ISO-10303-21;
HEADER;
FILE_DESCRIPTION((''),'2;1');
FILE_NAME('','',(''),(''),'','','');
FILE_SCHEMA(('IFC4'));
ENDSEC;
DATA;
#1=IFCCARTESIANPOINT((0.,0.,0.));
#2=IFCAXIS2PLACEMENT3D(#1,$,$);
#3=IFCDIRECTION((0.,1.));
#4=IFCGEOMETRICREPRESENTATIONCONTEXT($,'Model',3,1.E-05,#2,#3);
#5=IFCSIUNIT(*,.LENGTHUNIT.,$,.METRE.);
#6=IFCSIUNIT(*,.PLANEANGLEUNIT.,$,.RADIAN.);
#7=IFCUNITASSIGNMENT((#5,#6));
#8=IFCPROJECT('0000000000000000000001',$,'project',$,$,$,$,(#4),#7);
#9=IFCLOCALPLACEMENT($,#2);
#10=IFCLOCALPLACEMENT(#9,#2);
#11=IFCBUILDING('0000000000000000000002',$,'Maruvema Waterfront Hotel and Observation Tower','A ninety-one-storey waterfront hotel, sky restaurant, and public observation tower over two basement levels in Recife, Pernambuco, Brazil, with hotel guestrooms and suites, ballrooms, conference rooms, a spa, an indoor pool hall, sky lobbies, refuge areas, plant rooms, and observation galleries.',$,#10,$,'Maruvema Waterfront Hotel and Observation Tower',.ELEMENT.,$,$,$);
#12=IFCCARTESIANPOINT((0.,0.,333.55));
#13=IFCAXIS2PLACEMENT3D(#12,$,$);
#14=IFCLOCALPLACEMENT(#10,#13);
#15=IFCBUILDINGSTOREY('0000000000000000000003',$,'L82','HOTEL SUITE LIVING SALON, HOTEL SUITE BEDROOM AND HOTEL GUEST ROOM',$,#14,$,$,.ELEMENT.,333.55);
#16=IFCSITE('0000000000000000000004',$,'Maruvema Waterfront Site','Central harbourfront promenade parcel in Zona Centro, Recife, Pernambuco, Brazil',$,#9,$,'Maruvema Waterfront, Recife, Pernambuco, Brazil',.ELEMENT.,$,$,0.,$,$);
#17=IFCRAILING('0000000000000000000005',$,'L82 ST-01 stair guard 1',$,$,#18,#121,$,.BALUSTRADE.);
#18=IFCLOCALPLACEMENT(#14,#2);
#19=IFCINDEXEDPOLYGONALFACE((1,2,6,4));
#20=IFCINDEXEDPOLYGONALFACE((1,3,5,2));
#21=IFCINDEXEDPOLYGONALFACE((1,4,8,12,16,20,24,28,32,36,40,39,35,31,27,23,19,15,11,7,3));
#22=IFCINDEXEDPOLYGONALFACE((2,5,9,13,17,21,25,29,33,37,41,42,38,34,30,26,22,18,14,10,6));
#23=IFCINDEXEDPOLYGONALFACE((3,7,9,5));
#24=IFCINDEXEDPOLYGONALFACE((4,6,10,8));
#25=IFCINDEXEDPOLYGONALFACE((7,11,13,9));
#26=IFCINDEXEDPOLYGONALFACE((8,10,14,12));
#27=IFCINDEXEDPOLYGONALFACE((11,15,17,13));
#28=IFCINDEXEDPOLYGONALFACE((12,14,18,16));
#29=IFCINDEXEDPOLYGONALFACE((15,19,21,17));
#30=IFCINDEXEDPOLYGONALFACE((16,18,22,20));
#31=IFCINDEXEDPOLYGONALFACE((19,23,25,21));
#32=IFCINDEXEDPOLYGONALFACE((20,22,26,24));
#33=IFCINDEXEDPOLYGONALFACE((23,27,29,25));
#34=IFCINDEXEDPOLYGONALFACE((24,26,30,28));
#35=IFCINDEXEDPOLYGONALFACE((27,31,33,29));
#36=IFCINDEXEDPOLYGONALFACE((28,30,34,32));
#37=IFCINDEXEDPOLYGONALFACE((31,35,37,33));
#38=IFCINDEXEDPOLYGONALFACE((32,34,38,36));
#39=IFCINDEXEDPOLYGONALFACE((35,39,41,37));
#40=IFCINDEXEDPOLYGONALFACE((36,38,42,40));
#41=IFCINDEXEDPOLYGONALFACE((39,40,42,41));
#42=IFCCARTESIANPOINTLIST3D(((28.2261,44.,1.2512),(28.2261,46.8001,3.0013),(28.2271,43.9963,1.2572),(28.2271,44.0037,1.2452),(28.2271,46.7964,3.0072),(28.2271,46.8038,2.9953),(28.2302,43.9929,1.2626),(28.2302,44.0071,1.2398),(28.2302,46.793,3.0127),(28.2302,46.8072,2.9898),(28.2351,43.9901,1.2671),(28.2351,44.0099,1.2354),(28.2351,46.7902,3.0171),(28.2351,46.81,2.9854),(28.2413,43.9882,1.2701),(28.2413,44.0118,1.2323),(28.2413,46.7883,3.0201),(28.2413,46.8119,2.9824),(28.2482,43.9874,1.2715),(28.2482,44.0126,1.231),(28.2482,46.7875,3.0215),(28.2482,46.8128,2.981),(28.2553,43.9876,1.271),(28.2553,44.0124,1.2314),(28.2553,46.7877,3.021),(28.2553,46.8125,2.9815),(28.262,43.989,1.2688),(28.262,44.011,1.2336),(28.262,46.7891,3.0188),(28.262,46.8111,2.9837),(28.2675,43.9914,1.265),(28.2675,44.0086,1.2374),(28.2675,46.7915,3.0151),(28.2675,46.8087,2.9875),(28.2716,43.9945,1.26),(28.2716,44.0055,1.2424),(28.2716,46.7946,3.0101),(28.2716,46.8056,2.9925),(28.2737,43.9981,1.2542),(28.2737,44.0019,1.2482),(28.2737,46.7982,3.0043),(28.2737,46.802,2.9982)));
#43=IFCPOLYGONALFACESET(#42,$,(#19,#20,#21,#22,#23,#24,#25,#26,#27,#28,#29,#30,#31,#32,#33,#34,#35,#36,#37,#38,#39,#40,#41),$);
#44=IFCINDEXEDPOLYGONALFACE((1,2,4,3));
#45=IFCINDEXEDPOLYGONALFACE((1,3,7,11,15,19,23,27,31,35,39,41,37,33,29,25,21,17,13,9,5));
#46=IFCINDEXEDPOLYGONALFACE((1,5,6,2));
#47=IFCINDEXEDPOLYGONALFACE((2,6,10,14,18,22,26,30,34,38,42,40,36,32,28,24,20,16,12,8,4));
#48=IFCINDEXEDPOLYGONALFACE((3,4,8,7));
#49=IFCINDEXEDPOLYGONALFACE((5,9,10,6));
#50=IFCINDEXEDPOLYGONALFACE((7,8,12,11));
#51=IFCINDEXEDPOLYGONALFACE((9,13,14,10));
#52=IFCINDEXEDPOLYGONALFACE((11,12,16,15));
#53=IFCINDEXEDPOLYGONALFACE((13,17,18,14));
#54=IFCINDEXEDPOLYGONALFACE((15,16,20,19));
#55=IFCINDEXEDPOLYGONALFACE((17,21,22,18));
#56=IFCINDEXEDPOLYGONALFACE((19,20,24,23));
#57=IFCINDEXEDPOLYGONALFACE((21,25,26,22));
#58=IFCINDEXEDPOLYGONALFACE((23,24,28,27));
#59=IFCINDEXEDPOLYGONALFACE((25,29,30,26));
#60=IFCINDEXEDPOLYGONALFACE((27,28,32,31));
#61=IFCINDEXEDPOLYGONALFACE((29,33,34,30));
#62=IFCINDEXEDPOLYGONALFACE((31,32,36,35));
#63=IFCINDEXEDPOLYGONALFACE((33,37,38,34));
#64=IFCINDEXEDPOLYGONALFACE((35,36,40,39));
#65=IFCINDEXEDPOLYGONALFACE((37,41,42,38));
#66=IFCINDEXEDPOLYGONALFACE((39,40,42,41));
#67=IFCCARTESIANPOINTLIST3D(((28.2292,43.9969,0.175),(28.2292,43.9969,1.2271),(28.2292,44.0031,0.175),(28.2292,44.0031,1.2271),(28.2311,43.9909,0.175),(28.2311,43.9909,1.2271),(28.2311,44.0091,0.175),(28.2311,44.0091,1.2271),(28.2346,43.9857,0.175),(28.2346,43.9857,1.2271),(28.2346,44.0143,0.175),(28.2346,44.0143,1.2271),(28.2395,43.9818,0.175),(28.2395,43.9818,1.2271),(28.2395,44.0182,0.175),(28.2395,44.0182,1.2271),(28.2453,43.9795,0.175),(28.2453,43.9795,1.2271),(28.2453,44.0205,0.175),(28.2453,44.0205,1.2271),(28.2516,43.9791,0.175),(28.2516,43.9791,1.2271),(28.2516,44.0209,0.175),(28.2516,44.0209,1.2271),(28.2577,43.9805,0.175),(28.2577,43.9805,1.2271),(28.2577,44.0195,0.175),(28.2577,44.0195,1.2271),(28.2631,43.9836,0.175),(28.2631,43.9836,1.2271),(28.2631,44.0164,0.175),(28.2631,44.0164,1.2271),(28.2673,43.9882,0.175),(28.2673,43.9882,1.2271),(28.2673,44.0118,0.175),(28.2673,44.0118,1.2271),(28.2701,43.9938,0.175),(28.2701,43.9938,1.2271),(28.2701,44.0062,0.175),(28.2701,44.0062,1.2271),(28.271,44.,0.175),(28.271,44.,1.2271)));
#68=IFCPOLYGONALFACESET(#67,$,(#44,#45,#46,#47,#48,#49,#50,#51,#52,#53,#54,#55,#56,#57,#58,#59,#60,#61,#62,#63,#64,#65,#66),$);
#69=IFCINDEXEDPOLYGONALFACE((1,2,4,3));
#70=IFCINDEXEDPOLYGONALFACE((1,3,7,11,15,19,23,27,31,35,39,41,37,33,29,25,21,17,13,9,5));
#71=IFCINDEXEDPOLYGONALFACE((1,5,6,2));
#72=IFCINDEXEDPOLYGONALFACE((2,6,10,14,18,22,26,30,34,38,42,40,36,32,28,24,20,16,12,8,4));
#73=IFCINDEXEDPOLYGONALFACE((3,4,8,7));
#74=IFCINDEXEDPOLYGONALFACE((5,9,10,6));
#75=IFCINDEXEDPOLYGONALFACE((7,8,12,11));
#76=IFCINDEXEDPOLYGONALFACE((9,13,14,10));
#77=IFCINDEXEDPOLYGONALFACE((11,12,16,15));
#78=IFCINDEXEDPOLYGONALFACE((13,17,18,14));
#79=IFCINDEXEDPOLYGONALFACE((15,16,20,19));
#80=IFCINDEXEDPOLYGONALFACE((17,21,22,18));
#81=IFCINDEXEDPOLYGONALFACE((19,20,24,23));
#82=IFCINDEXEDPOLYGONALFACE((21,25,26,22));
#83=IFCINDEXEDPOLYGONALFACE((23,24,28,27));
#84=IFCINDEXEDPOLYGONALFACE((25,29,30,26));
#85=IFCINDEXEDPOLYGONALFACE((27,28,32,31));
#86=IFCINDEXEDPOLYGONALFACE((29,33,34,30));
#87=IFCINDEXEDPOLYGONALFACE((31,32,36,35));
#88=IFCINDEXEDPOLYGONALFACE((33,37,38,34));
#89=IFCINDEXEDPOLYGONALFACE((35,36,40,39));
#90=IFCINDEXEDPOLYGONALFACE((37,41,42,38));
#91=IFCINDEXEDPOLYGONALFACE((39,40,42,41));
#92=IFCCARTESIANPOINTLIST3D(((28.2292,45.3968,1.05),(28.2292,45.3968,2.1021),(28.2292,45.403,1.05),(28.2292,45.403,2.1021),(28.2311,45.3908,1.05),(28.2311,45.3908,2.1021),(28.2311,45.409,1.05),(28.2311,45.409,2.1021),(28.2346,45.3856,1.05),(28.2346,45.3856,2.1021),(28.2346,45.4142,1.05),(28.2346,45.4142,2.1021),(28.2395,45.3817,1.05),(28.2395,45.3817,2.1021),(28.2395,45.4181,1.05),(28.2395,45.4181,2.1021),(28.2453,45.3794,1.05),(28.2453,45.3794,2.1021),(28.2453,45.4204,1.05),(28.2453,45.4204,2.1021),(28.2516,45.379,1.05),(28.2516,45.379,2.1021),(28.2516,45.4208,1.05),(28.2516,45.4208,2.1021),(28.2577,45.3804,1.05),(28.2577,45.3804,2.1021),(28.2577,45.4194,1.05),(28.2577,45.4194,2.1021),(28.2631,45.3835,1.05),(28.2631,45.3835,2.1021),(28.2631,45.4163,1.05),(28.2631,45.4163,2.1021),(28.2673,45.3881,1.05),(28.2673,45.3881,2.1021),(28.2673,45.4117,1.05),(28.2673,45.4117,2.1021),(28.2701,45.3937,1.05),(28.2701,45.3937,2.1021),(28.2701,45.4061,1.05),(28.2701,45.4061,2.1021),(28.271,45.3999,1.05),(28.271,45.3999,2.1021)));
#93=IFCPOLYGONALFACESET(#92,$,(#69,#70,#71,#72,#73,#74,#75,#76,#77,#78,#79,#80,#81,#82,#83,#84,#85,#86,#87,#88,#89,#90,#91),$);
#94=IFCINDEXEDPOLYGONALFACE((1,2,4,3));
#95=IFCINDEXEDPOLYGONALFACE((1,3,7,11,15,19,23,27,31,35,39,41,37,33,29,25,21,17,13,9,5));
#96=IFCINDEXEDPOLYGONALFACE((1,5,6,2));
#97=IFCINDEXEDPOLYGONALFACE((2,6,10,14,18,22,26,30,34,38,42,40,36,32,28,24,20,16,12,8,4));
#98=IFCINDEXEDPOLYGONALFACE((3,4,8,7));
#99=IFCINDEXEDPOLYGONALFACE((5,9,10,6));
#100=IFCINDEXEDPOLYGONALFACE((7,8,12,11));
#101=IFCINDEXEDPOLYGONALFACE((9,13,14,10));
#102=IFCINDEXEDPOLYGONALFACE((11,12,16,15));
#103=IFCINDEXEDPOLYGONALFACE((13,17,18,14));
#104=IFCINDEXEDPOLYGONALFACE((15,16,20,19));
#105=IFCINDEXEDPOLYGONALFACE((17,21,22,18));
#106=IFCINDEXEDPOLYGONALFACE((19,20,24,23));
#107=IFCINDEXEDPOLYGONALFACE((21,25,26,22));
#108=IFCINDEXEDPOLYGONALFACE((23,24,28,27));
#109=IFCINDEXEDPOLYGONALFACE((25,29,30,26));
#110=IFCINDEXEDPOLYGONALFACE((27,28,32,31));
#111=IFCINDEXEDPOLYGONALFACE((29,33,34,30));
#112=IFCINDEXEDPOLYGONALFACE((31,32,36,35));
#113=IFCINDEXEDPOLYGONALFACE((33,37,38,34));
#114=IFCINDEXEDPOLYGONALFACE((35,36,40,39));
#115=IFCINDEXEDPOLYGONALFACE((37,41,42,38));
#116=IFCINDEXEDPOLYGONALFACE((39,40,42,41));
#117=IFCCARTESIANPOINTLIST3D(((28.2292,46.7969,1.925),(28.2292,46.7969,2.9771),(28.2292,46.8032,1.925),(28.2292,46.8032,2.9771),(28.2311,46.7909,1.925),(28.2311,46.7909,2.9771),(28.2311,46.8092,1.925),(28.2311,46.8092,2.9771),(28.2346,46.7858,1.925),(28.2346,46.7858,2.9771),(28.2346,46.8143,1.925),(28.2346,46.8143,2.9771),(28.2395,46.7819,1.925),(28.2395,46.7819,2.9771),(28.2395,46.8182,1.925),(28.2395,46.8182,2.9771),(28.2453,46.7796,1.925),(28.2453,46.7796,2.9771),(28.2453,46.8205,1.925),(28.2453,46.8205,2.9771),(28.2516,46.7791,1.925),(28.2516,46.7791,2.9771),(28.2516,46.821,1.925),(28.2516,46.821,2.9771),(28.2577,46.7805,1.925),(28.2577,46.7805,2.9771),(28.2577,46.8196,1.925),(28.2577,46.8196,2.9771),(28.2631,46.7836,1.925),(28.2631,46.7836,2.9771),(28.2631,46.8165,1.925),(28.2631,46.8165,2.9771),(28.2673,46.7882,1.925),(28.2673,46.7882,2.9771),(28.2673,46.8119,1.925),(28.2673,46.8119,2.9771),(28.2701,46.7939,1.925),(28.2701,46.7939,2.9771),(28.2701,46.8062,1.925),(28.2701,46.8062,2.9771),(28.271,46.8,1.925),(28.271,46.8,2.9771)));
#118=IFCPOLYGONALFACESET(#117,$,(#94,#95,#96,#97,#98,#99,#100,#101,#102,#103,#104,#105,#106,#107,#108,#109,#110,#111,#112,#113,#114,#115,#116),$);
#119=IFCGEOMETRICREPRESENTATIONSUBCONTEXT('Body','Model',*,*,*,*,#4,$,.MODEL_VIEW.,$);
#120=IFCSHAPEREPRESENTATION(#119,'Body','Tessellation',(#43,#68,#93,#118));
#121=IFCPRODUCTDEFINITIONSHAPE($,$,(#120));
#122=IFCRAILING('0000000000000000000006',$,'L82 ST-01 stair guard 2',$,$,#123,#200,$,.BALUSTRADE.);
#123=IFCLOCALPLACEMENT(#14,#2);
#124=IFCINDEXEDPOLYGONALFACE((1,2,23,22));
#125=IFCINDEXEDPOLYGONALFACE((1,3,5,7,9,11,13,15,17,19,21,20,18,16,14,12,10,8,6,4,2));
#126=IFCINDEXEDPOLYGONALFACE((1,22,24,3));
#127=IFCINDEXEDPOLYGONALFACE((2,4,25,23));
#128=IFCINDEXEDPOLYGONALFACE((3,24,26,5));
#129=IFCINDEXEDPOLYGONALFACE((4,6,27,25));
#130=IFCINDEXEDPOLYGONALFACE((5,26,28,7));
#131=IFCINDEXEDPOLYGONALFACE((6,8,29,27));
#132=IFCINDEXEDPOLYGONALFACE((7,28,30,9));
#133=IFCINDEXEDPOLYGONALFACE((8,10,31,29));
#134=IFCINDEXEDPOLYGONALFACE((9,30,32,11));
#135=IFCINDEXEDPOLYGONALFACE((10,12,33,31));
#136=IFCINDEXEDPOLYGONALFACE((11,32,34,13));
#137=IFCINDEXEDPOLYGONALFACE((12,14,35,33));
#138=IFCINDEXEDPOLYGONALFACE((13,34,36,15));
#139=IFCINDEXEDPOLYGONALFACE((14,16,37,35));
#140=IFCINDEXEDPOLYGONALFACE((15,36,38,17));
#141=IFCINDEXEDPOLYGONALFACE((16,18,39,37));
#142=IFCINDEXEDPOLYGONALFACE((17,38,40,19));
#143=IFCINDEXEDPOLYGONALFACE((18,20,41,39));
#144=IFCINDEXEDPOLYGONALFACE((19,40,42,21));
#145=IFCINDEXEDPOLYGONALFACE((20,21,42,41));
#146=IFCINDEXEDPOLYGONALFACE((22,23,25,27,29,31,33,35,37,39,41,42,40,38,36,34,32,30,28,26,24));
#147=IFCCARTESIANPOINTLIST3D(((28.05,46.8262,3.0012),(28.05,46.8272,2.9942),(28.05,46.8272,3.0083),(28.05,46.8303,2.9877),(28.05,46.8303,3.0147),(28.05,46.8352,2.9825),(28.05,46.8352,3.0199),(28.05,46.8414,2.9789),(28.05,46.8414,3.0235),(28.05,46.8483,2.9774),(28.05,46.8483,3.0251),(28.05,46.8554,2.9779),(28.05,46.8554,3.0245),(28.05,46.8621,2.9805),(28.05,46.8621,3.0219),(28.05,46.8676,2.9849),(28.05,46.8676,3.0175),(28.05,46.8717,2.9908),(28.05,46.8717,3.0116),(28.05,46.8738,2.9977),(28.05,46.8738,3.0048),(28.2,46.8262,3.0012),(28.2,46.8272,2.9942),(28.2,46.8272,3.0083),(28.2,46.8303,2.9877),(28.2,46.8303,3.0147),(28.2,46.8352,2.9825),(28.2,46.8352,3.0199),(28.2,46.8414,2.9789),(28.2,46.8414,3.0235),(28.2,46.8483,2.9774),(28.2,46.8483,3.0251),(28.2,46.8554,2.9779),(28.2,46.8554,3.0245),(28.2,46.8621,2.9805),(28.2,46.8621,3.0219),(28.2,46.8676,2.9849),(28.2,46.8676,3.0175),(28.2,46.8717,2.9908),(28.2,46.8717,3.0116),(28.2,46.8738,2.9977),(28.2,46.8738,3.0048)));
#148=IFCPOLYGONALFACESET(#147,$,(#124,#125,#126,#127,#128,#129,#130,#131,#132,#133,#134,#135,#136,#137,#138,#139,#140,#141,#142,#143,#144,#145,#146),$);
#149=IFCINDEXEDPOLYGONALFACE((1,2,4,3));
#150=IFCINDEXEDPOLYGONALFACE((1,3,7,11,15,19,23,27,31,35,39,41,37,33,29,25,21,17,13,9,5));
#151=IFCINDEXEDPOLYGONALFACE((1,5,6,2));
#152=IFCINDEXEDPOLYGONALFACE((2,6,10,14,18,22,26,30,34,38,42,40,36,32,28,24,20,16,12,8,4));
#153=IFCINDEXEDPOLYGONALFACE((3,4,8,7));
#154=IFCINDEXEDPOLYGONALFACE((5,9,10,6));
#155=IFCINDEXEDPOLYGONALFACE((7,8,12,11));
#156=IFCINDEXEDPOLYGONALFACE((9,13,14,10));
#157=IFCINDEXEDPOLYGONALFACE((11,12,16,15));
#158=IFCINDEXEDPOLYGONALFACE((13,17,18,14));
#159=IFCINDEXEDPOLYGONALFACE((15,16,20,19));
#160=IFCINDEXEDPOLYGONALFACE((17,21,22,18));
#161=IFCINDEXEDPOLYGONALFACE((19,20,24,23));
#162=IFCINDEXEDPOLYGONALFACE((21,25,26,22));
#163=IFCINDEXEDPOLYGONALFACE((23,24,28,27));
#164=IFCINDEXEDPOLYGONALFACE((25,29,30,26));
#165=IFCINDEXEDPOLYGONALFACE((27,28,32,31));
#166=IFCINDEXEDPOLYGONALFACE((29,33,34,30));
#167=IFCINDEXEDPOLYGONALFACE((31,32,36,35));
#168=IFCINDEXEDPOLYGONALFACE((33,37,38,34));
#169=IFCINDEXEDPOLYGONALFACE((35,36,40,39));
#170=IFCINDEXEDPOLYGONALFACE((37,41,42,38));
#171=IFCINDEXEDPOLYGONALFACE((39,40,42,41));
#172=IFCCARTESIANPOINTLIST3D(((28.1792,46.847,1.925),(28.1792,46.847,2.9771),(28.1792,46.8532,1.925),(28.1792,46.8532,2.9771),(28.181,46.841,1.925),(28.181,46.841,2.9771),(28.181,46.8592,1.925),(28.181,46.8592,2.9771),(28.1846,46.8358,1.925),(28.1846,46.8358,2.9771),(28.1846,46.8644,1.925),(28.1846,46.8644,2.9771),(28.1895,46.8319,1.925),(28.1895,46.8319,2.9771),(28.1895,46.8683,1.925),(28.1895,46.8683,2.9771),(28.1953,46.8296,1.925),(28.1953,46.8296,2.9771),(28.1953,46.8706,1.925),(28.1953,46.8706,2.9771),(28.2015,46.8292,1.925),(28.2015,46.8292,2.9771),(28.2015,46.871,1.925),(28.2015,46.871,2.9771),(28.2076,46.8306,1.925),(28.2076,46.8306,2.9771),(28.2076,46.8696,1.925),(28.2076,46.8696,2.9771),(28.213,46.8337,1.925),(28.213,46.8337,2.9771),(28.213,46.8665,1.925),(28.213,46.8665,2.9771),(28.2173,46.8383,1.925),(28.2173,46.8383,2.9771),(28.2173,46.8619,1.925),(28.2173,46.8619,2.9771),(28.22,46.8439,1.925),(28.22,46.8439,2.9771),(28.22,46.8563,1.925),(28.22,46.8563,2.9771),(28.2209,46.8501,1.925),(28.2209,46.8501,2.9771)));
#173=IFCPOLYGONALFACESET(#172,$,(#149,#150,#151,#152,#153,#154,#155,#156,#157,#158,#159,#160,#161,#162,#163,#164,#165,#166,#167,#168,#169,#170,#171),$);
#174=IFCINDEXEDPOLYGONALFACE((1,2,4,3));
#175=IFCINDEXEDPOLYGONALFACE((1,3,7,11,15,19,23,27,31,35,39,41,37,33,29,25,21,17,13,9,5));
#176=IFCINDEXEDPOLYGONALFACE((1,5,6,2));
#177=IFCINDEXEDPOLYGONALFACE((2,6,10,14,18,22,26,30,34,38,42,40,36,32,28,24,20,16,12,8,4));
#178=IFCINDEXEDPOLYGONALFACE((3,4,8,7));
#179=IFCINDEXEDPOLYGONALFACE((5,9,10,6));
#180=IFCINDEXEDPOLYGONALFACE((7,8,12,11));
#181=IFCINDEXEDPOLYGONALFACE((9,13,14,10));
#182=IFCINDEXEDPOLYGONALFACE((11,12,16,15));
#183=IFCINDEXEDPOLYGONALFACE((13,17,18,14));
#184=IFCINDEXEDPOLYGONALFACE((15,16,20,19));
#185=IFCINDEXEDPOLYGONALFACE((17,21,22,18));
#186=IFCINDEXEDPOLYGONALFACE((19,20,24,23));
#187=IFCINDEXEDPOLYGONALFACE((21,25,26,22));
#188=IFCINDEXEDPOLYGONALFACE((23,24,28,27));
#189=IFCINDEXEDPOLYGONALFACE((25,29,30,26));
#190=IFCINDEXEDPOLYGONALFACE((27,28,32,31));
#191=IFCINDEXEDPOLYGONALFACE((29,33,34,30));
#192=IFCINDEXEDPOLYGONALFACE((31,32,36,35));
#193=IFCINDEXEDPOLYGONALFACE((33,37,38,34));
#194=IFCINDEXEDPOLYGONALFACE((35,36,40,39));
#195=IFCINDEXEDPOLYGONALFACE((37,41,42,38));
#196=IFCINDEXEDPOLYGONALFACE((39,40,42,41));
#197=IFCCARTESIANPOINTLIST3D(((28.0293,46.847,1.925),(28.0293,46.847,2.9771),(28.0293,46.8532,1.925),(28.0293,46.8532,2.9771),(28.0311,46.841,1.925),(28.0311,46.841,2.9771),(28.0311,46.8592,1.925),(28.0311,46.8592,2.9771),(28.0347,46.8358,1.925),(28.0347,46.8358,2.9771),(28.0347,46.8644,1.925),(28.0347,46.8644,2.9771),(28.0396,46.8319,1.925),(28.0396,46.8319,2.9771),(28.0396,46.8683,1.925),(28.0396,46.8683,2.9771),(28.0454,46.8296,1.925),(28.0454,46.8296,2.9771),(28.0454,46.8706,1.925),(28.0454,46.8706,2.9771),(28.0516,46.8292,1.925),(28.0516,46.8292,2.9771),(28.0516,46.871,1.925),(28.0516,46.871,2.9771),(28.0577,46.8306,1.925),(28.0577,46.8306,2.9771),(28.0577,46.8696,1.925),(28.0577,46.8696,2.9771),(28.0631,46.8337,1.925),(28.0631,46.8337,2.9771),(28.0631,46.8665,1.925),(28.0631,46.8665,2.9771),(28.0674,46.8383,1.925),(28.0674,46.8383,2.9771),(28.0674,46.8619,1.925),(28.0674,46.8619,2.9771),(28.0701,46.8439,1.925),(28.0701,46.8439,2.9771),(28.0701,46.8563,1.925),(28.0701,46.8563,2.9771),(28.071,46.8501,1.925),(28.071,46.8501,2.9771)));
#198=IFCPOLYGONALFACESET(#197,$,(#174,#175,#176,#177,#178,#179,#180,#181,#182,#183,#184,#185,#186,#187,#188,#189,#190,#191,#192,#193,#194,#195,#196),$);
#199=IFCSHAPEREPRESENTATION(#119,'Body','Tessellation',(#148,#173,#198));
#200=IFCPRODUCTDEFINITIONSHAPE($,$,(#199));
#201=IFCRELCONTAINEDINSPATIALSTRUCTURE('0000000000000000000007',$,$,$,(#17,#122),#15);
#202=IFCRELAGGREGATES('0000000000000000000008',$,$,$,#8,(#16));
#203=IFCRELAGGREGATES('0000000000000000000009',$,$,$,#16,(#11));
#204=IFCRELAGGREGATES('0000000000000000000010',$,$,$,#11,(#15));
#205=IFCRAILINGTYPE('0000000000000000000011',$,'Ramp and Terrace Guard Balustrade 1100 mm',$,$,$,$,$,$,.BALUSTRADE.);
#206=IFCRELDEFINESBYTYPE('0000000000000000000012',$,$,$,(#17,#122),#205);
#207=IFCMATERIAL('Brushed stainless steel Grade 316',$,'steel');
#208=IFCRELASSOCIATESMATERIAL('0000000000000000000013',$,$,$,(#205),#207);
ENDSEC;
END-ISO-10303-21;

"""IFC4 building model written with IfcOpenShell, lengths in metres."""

from ifc_helpers import new_model, si_unit, direction, frame, origin, origin_2d, place, context, subcontext, project, spatial, circle, extrude, material, type_object, element, save


model = new_model("IFC4")

# Units and contexts
model_context = context("Model", 3, precision=1e-05, world=origin(), true_north=direction((0.0, 1.0)))
body_context = subcontext(model_context, "Body", "Model", "MODEL_VIEW")
ifc_project = project(units=[si_unit("LENGTHUNIT", "METRE"), si_unit("PLANEANGLEUNIT", "RADIAN")], contexts=[model_context])

# Site, building, storey
site_placement = place(None, origin())
site = spatial("IfcSite", under=ifc_project, at=site_placement, Name="Maruvema Waterfront Site", Description="Central harbourfront promenade parcel in Zona Centro, Recife, Pernambuco, Brazil", LongName="Maruvema Waterfront, Recife, Pernambuco, Brazil", CompositionType="ELEMENT", RefElevation=0.0)
building_placement = place(site_placement, origin())
building = spatial("IfcBuilding", under=site, at=building_placement, Name="Maruvema Waterfront Hotel and Observation Tower", Description="A ninety-one-storey waterfront hotel, sky restaurant, and public observation tower over two basement levels in Recife, Pernambuco, Brazil, with hotel guestrooms and suites, ballrooms, conference rooms, a spa, an indoor pool hall, sky lobbies, refuge areas, plant rooms, and observation galleries.", LongName="Maruvema Waterfront Hotel and Observation Tower", CompositionType="ELEMENT")
storey_placement = place(building_placement, frame((0.0, 0.0, 333.55)))
storey = spatial("IfcBuildingStorey", under=building, at=storey_placement, Name="L82", Description="HOTEL SUITE LIVING SALON, HOTEL SUITE BEDROOM AND HOTEL GUEST ROOM", CompositionType="ELEMENT", Elevation=333.55)

# Railings
ifc_material_1 = material(Name="Brushed stainless steel Grade 316", Category="steel")
railing_type_1 = type_object("IfcRailingType", Name="Ramp and Terrace Guard Balustrade 1100 mm", PredefinedType="BALUSTRADE", material=ifc_material_1)
railing_1_placement = place(storey_placement, frame((28.25, 44.0, 0.175)))
element("IfcRailing", 1, at=railing_1_placement, inside=storey, type_object=railing_type_1, Name="L82 ST-01 stair guard 1", PredefinedType="BALUSTRADE", context=body_context, shape_type="SweptSolid", body=[
    extrude(circle(Radius=0.0239, at=origin_2d()), frame((0.0, 0.0, 1.0762), z_axis=(0.0, 0.848002, 0.529992), x_axis=(-1.0, 0.0, 0.0)), (0.0, 0.0, 1.0), 3.302),
    extrude(circle(Radius=0.021, at=origin_2d()), origin(), (0.0, 0.0, 1.0), 1.052),
    extrude(circle(Radius=0.021, at=origin_2d()), frame((0.0, 1.3999, 0.875)), (0.0, 0.0, 1.0), 1.052),
    extrude(circle(Radius=0.021, at=origin_2d()), frame((0.0, 2.8, 1.75)), (0.0, 0.0, 1.0), 1.052),
])
railing_2_placement = place(storey_placement, frame((28.2, 46.8501, 1.925)))
element("IfcRailing", 2, at=railing_2_placement, inside=storey, type_object=railing_type_1, Name="L82 ST-01 stair guard 2", PredefinedType="BALUSTRADE", context=body_context, shape_type="SweptSolid", body=[
    extrude(circle(Radius=0.0239, at=origin_2d()), frame((0.0, 0.0, 1.0762), z_axis=(-1.0, 0.0, 0.0), x_axis=(0.0, -1.0, 0.0)), (0.0, 0.0, 1.0), 0.1499),
    extrude(circle(Radius=0.021, at=origin_2d()), origin(), (0.0, 0.0, 1.0), 1.052),
    extrude(circle(Radius=0.021, at=origin_2d()), frame((-0.1499, 0.0, 0.0)), (0.0, 0.0, 1.0), 1.052),
])

save(model, "model.ifc")
